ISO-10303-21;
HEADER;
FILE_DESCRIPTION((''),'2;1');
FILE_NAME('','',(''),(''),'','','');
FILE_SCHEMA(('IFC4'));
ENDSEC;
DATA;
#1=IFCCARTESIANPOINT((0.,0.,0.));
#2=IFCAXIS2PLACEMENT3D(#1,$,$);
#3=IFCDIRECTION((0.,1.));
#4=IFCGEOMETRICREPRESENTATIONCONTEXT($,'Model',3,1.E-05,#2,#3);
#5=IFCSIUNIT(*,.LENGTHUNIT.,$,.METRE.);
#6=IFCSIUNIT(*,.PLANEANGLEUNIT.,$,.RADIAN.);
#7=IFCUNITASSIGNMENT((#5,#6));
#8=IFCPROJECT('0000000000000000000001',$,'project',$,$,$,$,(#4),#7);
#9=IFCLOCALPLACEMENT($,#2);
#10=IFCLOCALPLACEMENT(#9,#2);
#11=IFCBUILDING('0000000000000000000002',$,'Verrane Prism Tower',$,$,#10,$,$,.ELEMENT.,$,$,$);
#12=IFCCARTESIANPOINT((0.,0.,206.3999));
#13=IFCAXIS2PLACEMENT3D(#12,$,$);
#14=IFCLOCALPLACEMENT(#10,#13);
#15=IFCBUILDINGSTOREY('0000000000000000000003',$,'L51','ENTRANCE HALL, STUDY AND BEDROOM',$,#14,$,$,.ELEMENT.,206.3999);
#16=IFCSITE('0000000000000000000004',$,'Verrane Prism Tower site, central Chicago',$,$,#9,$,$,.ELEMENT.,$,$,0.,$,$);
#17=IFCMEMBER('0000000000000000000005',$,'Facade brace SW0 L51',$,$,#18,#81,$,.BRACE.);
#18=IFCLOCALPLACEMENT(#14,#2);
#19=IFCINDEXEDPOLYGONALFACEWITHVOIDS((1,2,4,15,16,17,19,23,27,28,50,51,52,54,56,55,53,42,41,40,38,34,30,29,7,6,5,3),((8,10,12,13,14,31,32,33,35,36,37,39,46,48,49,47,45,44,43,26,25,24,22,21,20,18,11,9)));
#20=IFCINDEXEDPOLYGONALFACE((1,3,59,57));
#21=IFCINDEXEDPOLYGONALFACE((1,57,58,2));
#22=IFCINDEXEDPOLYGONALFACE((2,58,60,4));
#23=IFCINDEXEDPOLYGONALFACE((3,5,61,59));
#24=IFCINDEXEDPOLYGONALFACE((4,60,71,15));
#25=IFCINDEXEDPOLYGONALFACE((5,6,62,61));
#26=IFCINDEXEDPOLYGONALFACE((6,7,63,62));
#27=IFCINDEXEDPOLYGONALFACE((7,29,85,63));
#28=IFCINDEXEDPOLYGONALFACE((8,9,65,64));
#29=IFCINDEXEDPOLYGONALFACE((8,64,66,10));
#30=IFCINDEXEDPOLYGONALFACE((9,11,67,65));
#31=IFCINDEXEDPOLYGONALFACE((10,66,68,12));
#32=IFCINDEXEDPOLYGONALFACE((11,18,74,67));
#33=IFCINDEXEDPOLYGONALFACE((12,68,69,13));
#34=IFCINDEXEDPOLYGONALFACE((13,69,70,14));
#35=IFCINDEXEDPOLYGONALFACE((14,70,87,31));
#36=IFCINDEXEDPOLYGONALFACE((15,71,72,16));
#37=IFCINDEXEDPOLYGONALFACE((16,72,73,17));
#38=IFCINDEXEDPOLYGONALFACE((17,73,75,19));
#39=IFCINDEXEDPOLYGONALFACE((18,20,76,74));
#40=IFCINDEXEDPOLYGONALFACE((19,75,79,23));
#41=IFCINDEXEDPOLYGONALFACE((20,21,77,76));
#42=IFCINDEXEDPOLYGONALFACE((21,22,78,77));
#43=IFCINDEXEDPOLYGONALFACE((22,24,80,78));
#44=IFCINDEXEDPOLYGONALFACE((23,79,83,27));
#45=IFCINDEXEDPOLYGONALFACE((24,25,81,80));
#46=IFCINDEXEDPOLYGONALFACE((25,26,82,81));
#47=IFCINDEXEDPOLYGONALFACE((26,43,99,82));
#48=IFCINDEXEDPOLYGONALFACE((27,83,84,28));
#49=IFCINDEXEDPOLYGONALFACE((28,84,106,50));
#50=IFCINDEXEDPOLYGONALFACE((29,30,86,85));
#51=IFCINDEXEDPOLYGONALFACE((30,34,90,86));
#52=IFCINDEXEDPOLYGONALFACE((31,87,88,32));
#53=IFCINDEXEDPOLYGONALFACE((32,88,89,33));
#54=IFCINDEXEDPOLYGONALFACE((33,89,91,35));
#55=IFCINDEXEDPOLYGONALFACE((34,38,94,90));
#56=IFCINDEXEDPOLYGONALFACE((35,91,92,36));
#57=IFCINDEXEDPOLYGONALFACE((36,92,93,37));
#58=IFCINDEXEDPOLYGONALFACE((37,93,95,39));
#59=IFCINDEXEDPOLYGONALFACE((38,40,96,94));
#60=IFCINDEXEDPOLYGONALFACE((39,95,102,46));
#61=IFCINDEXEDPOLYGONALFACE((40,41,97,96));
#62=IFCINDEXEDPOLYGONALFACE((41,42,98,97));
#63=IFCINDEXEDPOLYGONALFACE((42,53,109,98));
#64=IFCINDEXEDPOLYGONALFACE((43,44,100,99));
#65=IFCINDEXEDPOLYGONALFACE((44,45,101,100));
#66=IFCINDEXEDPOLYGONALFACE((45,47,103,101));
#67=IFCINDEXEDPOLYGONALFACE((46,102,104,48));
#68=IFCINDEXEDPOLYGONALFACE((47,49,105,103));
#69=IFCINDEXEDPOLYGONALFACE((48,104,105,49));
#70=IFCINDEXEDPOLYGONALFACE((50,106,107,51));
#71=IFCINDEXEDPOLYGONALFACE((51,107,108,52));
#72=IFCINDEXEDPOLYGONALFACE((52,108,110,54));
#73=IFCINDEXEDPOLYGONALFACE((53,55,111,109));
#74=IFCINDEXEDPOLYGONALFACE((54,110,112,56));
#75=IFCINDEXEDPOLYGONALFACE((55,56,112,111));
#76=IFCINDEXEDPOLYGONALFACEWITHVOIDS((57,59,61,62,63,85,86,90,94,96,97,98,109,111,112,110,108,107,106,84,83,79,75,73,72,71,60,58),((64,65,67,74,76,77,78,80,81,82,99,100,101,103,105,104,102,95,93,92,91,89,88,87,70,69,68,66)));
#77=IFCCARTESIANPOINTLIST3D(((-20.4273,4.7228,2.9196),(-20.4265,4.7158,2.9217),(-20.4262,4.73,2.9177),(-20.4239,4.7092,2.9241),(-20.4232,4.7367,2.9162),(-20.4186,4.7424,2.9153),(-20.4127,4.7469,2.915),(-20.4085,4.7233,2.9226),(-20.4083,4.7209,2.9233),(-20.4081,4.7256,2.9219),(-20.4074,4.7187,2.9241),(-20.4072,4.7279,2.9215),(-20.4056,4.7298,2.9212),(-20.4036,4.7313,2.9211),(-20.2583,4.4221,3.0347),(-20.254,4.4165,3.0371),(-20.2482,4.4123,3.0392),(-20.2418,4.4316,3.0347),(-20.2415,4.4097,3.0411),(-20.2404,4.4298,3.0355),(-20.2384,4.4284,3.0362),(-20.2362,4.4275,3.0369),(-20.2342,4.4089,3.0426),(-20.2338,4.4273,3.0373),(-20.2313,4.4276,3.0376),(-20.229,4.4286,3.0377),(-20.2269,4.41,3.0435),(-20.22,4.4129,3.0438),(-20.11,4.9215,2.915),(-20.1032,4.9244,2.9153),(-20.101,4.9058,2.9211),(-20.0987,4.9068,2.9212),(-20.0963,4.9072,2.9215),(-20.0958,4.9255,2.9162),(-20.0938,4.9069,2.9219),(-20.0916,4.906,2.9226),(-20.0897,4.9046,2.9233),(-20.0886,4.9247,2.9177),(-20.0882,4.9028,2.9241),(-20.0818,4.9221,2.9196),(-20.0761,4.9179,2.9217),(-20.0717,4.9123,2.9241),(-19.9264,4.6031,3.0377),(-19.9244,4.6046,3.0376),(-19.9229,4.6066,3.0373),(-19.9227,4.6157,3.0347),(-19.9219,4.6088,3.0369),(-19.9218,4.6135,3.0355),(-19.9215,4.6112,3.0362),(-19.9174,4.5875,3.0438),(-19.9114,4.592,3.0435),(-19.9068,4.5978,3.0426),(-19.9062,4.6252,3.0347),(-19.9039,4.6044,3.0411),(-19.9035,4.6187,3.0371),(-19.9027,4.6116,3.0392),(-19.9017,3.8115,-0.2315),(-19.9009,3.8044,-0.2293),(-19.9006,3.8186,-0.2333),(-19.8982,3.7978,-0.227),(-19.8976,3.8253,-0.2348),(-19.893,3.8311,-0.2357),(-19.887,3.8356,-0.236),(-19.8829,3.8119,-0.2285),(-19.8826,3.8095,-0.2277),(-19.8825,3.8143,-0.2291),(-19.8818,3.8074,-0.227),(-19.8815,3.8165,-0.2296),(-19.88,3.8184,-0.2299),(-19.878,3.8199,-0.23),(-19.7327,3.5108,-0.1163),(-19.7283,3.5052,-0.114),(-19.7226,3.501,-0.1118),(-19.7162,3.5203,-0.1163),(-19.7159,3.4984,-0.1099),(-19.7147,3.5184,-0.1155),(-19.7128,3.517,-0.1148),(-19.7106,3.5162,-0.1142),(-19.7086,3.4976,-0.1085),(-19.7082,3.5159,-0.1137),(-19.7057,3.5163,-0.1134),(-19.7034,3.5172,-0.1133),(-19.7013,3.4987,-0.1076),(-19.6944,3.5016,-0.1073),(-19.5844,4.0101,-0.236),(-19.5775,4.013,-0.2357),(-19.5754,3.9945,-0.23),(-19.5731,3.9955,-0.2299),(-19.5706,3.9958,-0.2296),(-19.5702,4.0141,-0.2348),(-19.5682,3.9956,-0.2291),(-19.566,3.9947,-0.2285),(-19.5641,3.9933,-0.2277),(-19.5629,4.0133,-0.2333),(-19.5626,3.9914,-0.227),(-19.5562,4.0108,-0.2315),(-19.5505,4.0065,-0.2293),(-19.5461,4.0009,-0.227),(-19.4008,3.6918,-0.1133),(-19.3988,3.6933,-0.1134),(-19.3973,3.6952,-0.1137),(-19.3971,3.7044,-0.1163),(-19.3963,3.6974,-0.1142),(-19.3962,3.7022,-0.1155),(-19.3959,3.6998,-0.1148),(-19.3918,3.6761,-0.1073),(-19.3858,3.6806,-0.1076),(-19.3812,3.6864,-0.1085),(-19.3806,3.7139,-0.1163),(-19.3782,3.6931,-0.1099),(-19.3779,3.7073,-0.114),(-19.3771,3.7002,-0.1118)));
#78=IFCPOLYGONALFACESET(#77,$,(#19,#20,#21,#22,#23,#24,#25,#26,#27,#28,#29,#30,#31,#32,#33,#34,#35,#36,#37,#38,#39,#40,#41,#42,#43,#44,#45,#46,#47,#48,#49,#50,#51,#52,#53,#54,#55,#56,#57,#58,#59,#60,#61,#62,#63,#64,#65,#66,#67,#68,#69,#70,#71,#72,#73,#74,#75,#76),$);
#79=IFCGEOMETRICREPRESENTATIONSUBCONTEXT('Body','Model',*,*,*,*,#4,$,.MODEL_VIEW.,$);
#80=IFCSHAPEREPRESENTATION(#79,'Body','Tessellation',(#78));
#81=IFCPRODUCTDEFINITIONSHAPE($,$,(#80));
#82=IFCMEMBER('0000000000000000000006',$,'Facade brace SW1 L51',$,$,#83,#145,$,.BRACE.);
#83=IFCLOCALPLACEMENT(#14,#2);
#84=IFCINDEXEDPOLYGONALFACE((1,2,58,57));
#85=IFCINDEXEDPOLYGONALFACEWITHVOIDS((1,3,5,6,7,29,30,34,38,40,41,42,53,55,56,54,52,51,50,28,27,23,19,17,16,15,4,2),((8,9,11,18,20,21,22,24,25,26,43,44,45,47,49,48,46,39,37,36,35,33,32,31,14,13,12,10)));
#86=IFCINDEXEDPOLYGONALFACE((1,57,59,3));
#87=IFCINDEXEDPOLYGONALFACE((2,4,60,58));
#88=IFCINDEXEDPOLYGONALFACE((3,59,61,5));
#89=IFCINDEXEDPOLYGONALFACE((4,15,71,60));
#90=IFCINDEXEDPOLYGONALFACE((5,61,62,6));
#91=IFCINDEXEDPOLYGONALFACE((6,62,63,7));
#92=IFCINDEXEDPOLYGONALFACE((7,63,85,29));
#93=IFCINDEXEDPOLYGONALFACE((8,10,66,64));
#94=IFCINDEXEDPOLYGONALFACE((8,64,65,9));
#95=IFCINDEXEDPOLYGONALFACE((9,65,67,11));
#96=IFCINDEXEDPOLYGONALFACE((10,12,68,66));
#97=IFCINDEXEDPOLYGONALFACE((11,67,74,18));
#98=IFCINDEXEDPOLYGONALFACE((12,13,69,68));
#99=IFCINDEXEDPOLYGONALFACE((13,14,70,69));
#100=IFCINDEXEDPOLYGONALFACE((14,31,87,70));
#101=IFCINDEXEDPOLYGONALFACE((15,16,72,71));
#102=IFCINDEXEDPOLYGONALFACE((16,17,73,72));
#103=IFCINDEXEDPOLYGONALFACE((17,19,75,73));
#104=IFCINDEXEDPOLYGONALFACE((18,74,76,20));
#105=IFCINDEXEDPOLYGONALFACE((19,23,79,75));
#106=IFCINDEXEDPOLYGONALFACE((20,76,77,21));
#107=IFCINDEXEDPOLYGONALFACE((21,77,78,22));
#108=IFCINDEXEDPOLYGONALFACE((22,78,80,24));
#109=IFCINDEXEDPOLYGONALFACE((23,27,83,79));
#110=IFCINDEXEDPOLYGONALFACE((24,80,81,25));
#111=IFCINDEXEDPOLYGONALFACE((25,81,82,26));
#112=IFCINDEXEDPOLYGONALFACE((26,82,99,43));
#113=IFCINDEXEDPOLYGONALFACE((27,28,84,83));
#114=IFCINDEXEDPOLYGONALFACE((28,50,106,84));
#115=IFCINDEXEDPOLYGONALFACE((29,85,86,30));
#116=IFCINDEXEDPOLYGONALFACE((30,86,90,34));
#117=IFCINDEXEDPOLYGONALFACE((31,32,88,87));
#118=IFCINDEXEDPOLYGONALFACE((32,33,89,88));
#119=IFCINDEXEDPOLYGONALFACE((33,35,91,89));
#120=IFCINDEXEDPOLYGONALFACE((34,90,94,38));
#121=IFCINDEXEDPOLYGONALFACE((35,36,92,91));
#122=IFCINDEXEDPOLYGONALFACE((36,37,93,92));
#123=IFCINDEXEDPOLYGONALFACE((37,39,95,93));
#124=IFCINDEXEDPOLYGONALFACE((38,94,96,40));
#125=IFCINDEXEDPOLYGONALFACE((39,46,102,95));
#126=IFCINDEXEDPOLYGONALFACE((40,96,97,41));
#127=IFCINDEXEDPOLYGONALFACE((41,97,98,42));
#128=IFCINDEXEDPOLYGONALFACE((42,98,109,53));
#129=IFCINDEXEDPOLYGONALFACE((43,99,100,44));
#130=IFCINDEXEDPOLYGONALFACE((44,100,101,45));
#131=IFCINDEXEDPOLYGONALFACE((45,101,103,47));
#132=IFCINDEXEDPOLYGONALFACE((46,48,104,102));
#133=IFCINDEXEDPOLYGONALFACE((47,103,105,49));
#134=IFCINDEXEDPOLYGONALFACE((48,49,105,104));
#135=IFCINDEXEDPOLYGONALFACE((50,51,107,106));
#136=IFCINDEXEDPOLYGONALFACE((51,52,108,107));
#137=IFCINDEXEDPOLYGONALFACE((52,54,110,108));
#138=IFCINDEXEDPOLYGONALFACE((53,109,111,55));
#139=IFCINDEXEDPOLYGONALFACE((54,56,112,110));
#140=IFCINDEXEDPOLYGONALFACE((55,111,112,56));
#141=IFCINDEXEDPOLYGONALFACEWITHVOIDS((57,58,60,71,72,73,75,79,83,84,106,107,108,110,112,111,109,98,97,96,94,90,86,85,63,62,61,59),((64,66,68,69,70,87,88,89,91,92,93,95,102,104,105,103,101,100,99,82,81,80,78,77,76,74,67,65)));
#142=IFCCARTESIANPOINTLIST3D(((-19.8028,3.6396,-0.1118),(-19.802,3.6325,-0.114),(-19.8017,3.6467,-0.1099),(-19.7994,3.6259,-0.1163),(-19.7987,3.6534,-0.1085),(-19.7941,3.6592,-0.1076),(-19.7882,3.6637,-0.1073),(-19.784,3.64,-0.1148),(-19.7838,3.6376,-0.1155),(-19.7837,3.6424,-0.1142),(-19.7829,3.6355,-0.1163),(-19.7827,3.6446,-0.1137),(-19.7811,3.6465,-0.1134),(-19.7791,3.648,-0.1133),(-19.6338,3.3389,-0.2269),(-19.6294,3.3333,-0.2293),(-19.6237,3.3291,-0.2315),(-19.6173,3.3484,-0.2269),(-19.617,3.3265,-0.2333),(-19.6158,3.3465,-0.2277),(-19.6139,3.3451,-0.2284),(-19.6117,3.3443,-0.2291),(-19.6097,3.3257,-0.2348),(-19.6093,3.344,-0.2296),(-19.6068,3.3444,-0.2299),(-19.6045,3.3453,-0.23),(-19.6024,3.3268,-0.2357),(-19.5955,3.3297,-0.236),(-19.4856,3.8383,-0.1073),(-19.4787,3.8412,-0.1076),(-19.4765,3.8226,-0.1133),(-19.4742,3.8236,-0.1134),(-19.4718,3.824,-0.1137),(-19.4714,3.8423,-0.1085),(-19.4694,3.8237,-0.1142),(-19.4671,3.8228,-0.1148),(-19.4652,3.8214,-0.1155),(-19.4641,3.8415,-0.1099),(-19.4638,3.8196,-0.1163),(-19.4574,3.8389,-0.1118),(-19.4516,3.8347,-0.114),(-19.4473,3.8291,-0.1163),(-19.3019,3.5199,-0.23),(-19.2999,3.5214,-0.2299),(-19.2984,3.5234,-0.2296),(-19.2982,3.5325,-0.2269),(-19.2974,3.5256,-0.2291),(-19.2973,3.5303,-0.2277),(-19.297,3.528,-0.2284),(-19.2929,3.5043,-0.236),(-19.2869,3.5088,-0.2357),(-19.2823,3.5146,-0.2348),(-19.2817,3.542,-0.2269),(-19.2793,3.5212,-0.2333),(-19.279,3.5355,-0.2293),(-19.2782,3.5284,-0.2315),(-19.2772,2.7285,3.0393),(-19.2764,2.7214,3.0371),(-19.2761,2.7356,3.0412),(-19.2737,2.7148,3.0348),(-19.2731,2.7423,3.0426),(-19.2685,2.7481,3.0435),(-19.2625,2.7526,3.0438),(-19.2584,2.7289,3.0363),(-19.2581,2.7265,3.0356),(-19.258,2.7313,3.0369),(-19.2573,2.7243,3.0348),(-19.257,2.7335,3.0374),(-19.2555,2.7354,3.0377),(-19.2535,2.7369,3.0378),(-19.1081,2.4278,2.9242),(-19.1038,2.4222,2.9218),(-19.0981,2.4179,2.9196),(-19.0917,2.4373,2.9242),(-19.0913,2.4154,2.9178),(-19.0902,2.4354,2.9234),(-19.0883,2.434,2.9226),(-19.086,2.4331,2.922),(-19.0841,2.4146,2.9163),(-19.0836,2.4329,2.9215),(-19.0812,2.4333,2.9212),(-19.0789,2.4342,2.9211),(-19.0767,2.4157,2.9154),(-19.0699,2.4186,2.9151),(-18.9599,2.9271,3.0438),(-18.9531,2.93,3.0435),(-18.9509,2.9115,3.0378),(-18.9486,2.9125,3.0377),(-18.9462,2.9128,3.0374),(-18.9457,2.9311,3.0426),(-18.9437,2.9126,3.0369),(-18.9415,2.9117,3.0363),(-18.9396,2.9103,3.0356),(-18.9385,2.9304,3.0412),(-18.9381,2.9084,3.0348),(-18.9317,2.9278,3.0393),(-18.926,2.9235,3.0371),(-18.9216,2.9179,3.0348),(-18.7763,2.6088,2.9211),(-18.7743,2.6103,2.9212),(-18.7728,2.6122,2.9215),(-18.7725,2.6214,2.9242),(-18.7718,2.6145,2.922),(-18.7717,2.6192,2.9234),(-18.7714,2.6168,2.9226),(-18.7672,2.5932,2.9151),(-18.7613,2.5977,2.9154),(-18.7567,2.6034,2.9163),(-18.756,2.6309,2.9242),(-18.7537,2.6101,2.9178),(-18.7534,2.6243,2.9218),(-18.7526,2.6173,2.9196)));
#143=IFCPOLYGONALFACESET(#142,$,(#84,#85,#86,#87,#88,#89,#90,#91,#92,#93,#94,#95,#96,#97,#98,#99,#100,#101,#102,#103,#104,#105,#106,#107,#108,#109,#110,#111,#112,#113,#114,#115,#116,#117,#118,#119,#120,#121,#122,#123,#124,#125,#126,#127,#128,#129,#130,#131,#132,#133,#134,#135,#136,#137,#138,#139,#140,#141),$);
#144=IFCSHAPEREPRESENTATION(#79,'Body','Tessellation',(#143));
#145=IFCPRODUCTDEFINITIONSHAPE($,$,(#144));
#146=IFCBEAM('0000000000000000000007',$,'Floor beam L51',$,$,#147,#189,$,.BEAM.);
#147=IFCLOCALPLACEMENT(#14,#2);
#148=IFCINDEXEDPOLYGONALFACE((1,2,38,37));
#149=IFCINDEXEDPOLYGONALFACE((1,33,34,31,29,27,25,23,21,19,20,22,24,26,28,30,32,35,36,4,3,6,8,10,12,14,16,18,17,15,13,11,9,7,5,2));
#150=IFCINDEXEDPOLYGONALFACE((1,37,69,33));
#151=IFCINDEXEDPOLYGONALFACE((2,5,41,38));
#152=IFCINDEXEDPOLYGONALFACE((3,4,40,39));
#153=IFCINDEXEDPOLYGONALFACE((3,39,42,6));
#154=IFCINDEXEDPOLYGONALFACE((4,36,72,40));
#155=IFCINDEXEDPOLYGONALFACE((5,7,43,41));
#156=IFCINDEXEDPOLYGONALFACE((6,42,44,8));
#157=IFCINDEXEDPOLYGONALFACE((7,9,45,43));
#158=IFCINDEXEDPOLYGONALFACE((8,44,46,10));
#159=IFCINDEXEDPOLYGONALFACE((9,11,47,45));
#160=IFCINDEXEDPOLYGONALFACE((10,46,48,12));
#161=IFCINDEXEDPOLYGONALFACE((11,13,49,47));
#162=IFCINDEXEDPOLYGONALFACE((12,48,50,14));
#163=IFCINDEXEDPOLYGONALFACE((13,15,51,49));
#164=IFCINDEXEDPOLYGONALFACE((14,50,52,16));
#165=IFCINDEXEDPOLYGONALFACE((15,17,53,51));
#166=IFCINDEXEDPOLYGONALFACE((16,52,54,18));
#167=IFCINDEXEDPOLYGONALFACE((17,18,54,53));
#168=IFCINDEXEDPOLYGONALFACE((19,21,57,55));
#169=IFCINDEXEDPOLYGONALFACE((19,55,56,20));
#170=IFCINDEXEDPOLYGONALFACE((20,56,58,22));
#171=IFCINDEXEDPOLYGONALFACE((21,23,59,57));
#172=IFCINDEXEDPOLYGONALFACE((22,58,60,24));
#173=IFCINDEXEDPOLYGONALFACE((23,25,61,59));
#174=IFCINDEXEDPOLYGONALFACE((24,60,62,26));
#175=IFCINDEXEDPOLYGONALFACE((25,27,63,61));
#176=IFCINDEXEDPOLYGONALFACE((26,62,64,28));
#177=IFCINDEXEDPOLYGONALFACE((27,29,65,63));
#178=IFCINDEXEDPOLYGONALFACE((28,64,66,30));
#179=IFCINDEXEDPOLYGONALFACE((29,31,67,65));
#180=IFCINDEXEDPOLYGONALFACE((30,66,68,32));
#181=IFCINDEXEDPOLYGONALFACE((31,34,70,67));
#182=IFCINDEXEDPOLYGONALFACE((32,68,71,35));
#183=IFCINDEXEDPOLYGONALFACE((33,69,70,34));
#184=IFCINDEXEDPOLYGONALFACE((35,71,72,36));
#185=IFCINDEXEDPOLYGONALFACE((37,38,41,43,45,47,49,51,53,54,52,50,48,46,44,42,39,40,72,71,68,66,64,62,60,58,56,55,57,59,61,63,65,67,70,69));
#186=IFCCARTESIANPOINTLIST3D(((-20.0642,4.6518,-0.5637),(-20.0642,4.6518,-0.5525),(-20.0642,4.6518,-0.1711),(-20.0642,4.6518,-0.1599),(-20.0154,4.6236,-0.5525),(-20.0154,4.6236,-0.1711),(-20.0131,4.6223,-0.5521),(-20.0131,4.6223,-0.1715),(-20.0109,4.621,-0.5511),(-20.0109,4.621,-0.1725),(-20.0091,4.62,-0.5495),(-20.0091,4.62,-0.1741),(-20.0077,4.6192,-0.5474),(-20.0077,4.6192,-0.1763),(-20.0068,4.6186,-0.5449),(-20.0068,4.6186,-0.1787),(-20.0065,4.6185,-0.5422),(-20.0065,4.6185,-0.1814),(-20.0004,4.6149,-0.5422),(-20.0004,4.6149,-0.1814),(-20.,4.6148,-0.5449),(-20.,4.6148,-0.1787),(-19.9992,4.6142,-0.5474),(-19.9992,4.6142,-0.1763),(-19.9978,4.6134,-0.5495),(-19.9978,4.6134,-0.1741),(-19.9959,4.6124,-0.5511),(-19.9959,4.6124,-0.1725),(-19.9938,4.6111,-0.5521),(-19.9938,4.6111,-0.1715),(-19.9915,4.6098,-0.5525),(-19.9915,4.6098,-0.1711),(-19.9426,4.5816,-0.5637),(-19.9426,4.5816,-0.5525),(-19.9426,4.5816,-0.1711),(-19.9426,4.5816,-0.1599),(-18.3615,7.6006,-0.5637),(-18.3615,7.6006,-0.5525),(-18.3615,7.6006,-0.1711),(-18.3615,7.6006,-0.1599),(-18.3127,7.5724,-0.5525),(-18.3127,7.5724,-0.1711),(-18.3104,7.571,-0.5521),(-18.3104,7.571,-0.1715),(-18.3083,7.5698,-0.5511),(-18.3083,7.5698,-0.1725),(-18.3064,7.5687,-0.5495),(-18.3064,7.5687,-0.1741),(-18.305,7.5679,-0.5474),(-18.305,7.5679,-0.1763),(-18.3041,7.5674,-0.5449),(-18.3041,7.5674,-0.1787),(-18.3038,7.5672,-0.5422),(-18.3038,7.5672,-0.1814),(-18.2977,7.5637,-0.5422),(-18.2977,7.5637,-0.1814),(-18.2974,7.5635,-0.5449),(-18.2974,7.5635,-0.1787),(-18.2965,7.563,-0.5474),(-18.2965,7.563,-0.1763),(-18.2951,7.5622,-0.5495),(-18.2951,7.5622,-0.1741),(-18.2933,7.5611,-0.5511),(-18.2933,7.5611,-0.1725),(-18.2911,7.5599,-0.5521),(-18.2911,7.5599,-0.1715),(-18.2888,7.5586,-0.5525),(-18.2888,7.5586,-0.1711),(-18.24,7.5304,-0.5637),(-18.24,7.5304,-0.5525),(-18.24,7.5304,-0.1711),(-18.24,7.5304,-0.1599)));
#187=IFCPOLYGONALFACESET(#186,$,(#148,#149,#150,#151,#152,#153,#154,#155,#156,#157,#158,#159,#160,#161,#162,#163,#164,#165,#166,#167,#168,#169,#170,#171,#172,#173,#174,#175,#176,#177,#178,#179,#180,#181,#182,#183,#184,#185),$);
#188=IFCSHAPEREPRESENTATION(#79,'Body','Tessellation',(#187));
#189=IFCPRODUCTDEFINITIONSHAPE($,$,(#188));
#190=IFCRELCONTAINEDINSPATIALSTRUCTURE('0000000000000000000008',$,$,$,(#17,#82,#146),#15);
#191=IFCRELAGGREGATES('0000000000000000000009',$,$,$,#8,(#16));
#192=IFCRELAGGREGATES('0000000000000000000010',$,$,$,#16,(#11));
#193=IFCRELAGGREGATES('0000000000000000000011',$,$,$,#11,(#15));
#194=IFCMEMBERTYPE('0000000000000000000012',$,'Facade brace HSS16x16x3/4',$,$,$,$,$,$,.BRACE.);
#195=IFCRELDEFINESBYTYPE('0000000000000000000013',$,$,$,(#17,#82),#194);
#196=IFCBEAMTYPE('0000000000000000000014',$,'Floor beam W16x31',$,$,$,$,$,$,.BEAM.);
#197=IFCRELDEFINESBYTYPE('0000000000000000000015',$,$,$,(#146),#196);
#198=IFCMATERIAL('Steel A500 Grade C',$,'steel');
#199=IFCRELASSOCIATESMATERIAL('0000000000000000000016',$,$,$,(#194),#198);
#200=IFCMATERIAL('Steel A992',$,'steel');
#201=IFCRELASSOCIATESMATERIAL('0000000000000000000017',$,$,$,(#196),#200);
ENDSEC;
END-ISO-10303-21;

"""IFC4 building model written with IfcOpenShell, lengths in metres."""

from ifc_helpers import new_model, si_unit, direction, frame, origin, origin_2d, place, context, subcontext, project, spatial, hollow_rectangle, i_section, extrude, material, material_profile, profile_set, type_object, element, save


model = new_model("IFC4")

# Units and contexts
model_context = context("Model", 3, precision=1e-05, world=origin(), true_north=direction((0.0, 1.0)))
body_context = subcontext(model_context, "Body", "Model", "MODEL_VIEW")
ifc_project = project(units=[si_unit("LENGTHUNIT", "METRE"), si_unit("PLANEANGLEUNIT", "RADIAN")], contexts=[model_context])

# Site, building, storey
site_placement = place(None, origin())
site = spatial("IfcSite", under=ifc_project, at=site_placement, Name="Verrane Prism Tower site, central Chicago", CompositionType="ELEMENT", RefElevation=0.0)
building_placement = place(site_placement, origin())
building = spatial("IfcBuilding", under=site, at=building_placement, Name="Verrane Prism Tower", CompositionType="ELEMENT")
storey_placement = place(building_placement, frame((0.0, 0.0, 206.3999)))
storey = spatial("IfcBuildingStorey", under=building, at=storey_placement, Name="L51", Description="ENTRANCE HALL, STUDY AND BEDROOM", CompositionType="ELEMENT", Elevation=206.3999)

# Members
ifc_material_1 = material(Name="Steel A500 Grade C", Category="steel")
ifc_material_profile_1 = material_profile(ifc_material_1, hollow_rectangle(XDim=0.4065, YDim=0.4065, WallThickness=0.019, InnerFilletRadius=0.0095, OuterFilletRadius=0.0286, at=origin_2d()), Name="HSS16x16x3/4")
ifc_profile_set_1 = profile_set([ifc_material_profile_1], Name="Steel A500 Grade C")
member_type_1 = type_object("IfcMemberType", Name="Facade brace HSS16x16x3/4", PredefinedType="BRACE", material=ifc_profile_set_1)
for number, where, z_axis, x_axis, name in (
    (1, (-19.6394, 3.7559, -0.1716), (-0.158223, 0.274336, 0.948528), (-0.866251, -0.499609, 0.0), "Facade brace SW0 L51"),
    (2, (-19.5405, 3.584, -0.1716), (0.158226, -0.274268, 0.948547), (0.866193, 0.499709, 0.0), "Facade brace SW1 L51"),
):
    element("IfcMember", number, at=place(storey_placement, frame(where, z_axis=z_axis, x_axis=x_axis)), inside=storey, type_object=member_type_1, Name=name, PredefinedType="BRACE", context=body_context, shape_type="SweptSolid", body=[
        extrude(hollow_rectangle(XDim=0.4065, YDim=0.4065, WallThickness=0.019, InnerFilletRadius=0.0095, OuterFilletRadius=0.0286, at=origin_2d()), origin(), (0.0, 0.0, 1.0), 3.322),
    ])

# Beam
ifc_material_2 = material(Name="Steel A992", Category="steel")
ifc_material_profile_2 = material_profile(ifc_material_2, i_section(OverallWidth=0.1404, OverallDepth=0.4038, WebThickness=0.0071, FlangeThickness=0.0112, FilletRadius=0.0103, at=origin_2d()), Name="W16x31")
ifc_profile_set_2 = profile_set([ifc_material_profile_2], Name="Steel A992")
beam_type_1 = type_object("IfcBeamType", Name="Floor beam W16x31", PredefinedType="BEAM", material=ifc_profile_set_2)
beam_1_placement = place(storey_placement, frame((-20.0034, 4.6167, -0.3618), z_axis=(0.500041, 0.866002, 0.0), x_axis=(-0.866002, 0.500041, 0.0)))
element("IfcBeam", 3, at=beam_1_placement, inside=storey, type_object=beam_type_1, Name="Floor beam L51", PredefinedType="BEAM", context=body_context, shape_type="SweptSolid", body=[
    extrude(i_section(OverallWidth=0.1404, OverallDepth=0.4038, WebThickness=0.0071, FlangeThickness=0.0112, FilletRadius=0.0103, at=origin_2d()), origin(), (0.0, 0.0, 1.0), 3.405),
])

save(model, "model.ifc")
